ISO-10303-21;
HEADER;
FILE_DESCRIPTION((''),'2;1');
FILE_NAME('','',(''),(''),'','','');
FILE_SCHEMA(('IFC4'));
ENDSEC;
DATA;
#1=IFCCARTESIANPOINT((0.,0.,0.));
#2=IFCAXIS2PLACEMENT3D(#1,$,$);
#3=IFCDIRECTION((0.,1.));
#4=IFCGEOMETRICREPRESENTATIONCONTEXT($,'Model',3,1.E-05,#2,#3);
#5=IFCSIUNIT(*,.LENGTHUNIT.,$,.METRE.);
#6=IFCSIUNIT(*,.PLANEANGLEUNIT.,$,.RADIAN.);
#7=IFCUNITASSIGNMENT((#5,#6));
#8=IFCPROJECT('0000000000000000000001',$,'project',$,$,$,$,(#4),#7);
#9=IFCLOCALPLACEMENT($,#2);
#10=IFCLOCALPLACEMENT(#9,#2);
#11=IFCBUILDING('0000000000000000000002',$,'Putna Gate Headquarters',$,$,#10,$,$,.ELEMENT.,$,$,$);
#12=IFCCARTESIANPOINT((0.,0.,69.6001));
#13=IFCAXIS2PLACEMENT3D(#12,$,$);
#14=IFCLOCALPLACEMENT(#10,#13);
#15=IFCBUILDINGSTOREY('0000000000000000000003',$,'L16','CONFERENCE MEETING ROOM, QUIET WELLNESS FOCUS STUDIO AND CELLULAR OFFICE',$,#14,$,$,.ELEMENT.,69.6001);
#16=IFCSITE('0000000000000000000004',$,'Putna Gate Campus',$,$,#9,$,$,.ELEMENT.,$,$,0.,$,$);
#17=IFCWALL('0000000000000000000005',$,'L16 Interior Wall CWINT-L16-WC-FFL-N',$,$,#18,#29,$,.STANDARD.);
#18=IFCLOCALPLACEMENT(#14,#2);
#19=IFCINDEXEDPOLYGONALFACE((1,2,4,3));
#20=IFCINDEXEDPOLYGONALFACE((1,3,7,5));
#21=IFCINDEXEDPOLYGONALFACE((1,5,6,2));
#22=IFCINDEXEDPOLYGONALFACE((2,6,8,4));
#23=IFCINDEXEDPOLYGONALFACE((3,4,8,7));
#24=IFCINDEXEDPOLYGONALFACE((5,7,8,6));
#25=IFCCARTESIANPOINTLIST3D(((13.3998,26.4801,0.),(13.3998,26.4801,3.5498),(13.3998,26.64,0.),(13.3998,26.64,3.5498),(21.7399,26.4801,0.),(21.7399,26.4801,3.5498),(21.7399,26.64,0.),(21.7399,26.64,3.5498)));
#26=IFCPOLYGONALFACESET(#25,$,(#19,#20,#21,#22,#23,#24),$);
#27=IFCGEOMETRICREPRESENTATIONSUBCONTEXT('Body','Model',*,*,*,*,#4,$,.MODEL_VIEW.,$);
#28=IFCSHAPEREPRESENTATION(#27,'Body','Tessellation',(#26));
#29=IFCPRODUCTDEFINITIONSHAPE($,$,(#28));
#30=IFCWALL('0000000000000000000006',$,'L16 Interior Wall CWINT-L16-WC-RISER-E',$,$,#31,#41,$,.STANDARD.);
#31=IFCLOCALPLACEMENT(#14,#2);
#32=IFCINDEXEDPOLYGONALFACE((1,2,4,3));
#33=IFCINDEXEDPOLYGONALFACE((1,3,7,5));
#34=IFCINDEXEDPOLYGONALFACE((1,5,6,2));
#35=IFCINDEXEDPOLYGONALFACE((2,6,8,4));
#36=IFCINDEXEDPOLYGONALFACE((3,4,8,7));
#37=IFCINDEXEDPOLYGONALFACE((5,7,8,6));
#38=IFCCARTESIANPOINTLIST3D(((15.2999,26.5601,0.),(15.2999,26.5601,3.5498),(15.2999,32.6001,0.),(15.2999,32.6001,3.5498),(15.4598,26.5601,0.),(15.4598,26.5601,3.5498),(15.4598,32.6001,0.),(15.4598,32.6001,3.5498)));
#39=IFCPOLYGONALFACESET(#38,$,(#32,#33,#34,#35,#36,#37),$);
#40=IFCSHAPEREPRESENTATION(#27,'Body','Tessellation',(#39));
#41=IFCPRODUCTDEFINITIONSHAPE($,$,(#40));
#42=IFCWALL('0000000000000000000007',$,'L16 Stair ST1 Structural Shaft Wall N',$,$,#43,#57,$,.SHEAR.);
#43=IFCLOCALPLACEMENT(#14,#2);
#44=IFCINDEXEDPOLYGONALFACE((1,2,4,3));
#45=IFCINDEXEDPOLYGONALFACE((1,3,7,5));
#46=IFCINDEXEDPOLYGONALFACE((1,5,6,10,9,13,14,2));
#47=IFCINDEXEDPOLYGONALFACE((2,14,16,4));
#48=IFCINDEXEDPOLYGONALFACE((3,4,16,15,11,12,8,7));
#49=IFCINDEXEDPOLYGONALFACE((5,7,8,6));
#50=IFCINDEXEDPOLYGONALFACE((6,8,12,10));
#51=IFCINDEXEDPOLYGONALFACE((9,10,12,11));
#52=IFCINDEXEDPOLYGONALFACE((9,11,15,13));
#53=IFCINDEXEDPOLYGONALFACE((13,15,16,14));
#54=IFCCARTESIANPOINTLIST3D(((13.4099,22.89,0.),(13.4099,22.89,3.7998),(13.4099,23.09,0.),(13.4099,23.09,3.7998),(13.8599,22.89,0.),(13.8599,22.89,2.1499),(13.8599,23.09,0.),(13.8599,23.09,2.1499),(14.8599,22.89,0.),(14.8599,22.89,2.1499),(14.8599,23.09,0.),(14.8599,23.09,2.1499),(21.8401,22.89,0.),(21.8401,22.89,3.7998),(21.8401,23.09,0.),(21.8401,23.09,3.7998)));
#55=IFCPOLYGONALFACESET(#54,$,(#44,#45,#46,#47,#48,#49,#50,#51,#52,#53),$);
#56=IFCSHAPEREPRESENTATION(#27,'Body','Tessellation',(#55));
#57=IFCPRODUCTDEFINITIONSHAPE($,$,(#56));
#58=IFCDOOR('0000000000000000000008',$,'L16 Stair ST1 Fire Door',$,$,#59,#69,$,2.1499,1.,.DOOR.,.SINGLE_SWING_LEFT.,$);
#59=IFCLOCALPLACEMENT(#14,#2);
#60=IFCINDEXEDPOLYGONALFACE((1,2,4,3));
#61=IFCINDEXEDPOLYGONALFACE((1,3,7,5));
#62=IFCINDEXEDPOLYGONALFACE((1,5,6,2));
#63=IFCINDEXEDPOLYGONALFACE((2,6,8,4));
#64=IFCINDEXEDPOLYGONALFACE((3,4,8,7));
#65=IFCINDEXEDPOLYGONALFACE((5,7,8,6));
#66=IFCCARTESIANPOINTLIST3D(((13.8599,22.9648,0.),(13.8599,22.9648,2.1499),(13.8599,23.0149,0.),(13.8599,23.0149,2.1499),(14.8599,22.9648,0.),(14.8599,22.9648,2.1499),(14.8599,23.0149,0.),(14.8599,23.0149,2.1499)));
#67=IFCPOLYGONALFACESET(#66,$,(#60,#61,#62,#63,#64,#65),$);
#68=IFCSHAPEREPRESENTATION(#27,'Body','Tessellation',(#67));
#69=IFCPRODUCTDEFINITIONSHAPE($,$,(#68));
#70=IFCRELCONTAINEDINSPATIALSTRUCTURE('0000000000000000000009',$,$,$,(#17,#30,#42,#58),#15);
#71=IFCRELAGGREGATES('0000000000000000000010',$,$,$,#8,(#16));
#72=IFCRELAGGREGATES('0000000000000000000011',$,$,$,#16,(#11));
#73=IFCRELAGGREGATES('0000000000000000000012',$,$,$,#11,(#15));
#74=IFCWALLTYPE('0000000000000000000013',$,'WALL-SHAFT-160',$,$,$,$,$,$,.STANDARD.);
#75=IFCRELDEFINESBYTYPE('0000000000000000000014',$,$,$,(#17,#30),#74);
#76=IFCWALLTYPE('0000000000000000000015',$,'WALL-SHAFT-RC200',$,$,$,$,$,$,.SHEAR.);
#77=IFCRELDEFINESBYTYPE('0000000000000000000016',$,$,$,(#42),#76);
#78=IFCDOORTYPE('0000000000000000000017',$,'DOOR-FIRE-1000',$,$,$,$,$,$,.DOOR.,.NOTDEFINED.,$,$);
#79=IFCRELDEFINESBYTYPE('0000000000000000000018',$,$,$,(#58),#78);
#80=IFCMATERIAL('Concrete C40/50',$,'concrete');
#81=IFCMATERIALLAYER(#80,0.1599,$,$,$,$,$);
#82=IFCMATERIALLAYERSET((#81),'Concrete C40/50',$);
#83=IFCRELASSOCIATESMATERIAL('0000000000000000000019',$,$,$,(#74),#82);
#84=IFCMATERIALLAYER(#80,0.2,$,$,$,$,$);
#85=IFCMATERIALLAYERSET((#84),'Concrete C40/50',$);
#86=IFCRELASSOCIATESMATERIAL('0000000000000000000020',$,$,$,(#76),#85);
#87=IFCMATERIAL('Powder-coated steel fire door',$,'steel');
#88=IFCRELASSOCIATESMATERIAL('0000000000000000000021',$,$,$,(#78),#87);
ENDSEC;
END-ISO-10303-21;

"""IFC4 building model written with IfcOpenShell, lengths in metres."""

from ifc_helpers import new_model, si_unit, direction, frame, frame_2d, origin, place, context, subcontext, project, spatial, rectangle, extrude, material, layer, layer_set, type_object, element, fill, save


model = new_model("IFC4")

# Units and contexts
model_context = context("Model", 3, precision=1e-05, world=origin(), true_north=direction((0.0, 1.0)))
body_context = subcontext(model_context, "Body", "Model", "MODEL_VIEW")
ifc_project = project(units=[si_unit("LENGTHUNIT", "METRE"), si_unit("PLANEANGLEUNIT", "RADIAN")], contexts=[model_context])

# Site, building, storey
site_placement = place(None, origin())
site = spatial("IfcSite", under=ifc_project, at=site_placement, Name="Putna Gate Campus", CompositionType="ELEMENT", RefElevation=0.0)
building_placement = place(site_placement, origin())
building = spatial("IfcBuilding", under=site, at=building_placement, Name="Putna Gate Headquarters", CompositionType="ELEMENT")
storey_placement = place(building_placement, frame((0.0, 0.0, 69.6001)))
storey = spatial("IfcBuildingStorey", under=building, at=storey_placement, Name="L16", Description="CONFERENCE MEETING ROOM, QUIET WELLNESS FOCUS STUDIO AND CELLULAR OFFICE", CompositionType="ELEMENT", Elevation=69.6001)

# Walls
ifc_material_1 = material(Name="Concrete C40/50", Category="concrete")
ifc_layer_1 = layer(ifc_material_1, 0.1599)
ifc_layer_set_1 = layer_set([ifc_layer_1], Name="Concrete C40/50")
wall_type_1 = type_object("IfcWallType", Name="WALL-SHAFT-160", PredefinedType="STANDARD", material=ifc_layer_set_1)
wall_1_placement = place(storey_placement, frame((13.3999, 26.5601, 0.0), z_axis=(0.0, 0.0, 1.0), x_axis=(1.0, 0.0, 0.0)))
element("IfcWall", 1, at=wall_1_placement, inside=storey, type_object=wall_type_1, Name="L16 Interior Wall CWINT-L16-WC-FFL-N", PredefinedType="STANDARD", context=body_context, shape_type="SweptSolid", body=[
    extrude(rectangle(XDim=8.3401, YDim=0.1599, at=frame_2d((4.1699, 0.0))), origin(), (0.0, 0.0, 1.0), 3.5498),
])
wall_2_placement = place(storey_placement, frame((15.3799, 26.5601, 0.0), z_axis=(0.0, 0.0, 1.0), x_axis=(0.0, 1.0, 0.0)))
element("IfcWall", 2, at=wall_2_placement, inside=storey, type_object=wall_type_1, Name="L16 Interior Wall CWINT-L16-WC-RISER-E", PredefinedType="STANDARD", context=body_context, shape_type="SweptSolid", body=[
    extrude(rectangle(XDim=6.04, YDim=0.1599, at=frame_2d((3.02, 0.0))), origin(), (0.0, 0.0, 1.0), 3.5498),
])

# Wall, opening, door
ifc_layer_2 = layer(ifc_material_1, 0.2)
ifc_layer_set_2 = layer_set([ifc_layer_2], Name="Concrete C40/50")
wall_type_2 = type_object("IfcWallType", Name="WALL-SHAFT-RC200", PredefinedType="SHEAR", material=ifc_layer_set_2)
wall_3_placement = place(storey_placement, frame((13.4099, 22.99, 0.0), z_axis=(0.0, 0.0, 1.0), x_axis=(1.0, 0.0, 0.0)))
wall_3 = element("IfcWall", 3, at=wall_3_placement, inside=storey, type_object=wall_type_2, Name="L16 Stair ST1 Structural Shaft Wall N", PredefinedType="SHEAR", context=body_context, shape_type="SweptSolid", body=[
    extrude(rectangle(XDim=8.4302, YDim=0.2, at=frame_2d((4.2151, 0.0))), origin(), (0.0, 0.0, 1.0), 3.7998),
])
opening_1_placement = place(wall_3_placement, frame((0.45, 0.0, 0.0)))
opening_1 = element("IfcOpeningElement", 4, at=opening_1_placement, cuts=wall_3, PredefinedType="OPENING", context=body_context, shape_type="SweptSolid", body=[
    extrude(rectangle(XDim=1.0, YDim=2.1499, at=frame_2d((0.5, 1.075))), frame((0.0, 0.1099, 0.0), z_axis=(0.0, -1.0, 0.0), x_axis=(1.0, 0.0, 0.0)), (0.0, 0.0, 1.0), 0.22),
])
ifc_material_2 = material(Name="Powder-coated steel fire door", Category="steel")
door_type_1 = type_object("IfcDoorType", Name="DOOR-FIRE-1000", OperationType="NOTDEFINED", PredefinedType="DOOR", material=ifc_material_2)
door_1_placement = place(opening_1_placement, origin())
door_1 = element("IfcDoor", 5, at=door_1_placement, inside=storey, type_object=door_type_1, Name="L16 Stair ST1 Fire Door", OperationType="SINGLE_SWING_LEFT", OverallHeight=2.1499, OverallWidth=1.0, PredefinedType="DOOR", context=body_context, shape_type="SweptSolid", body=[
    extrude(rectangle(XDim=1.0, YDim=2.1499, at=frame_2d((0.5, 1.075))), frame((0.0, 0.0249, 0.0), z_axis=(0.0, -1.0, 0.0), x_axis=(1.0, 0.0, 0.0)), (0.0, 0.0, 1.0), 0.05),
])
fill(opening_1, door_1)

save(model, "model.ifc")
